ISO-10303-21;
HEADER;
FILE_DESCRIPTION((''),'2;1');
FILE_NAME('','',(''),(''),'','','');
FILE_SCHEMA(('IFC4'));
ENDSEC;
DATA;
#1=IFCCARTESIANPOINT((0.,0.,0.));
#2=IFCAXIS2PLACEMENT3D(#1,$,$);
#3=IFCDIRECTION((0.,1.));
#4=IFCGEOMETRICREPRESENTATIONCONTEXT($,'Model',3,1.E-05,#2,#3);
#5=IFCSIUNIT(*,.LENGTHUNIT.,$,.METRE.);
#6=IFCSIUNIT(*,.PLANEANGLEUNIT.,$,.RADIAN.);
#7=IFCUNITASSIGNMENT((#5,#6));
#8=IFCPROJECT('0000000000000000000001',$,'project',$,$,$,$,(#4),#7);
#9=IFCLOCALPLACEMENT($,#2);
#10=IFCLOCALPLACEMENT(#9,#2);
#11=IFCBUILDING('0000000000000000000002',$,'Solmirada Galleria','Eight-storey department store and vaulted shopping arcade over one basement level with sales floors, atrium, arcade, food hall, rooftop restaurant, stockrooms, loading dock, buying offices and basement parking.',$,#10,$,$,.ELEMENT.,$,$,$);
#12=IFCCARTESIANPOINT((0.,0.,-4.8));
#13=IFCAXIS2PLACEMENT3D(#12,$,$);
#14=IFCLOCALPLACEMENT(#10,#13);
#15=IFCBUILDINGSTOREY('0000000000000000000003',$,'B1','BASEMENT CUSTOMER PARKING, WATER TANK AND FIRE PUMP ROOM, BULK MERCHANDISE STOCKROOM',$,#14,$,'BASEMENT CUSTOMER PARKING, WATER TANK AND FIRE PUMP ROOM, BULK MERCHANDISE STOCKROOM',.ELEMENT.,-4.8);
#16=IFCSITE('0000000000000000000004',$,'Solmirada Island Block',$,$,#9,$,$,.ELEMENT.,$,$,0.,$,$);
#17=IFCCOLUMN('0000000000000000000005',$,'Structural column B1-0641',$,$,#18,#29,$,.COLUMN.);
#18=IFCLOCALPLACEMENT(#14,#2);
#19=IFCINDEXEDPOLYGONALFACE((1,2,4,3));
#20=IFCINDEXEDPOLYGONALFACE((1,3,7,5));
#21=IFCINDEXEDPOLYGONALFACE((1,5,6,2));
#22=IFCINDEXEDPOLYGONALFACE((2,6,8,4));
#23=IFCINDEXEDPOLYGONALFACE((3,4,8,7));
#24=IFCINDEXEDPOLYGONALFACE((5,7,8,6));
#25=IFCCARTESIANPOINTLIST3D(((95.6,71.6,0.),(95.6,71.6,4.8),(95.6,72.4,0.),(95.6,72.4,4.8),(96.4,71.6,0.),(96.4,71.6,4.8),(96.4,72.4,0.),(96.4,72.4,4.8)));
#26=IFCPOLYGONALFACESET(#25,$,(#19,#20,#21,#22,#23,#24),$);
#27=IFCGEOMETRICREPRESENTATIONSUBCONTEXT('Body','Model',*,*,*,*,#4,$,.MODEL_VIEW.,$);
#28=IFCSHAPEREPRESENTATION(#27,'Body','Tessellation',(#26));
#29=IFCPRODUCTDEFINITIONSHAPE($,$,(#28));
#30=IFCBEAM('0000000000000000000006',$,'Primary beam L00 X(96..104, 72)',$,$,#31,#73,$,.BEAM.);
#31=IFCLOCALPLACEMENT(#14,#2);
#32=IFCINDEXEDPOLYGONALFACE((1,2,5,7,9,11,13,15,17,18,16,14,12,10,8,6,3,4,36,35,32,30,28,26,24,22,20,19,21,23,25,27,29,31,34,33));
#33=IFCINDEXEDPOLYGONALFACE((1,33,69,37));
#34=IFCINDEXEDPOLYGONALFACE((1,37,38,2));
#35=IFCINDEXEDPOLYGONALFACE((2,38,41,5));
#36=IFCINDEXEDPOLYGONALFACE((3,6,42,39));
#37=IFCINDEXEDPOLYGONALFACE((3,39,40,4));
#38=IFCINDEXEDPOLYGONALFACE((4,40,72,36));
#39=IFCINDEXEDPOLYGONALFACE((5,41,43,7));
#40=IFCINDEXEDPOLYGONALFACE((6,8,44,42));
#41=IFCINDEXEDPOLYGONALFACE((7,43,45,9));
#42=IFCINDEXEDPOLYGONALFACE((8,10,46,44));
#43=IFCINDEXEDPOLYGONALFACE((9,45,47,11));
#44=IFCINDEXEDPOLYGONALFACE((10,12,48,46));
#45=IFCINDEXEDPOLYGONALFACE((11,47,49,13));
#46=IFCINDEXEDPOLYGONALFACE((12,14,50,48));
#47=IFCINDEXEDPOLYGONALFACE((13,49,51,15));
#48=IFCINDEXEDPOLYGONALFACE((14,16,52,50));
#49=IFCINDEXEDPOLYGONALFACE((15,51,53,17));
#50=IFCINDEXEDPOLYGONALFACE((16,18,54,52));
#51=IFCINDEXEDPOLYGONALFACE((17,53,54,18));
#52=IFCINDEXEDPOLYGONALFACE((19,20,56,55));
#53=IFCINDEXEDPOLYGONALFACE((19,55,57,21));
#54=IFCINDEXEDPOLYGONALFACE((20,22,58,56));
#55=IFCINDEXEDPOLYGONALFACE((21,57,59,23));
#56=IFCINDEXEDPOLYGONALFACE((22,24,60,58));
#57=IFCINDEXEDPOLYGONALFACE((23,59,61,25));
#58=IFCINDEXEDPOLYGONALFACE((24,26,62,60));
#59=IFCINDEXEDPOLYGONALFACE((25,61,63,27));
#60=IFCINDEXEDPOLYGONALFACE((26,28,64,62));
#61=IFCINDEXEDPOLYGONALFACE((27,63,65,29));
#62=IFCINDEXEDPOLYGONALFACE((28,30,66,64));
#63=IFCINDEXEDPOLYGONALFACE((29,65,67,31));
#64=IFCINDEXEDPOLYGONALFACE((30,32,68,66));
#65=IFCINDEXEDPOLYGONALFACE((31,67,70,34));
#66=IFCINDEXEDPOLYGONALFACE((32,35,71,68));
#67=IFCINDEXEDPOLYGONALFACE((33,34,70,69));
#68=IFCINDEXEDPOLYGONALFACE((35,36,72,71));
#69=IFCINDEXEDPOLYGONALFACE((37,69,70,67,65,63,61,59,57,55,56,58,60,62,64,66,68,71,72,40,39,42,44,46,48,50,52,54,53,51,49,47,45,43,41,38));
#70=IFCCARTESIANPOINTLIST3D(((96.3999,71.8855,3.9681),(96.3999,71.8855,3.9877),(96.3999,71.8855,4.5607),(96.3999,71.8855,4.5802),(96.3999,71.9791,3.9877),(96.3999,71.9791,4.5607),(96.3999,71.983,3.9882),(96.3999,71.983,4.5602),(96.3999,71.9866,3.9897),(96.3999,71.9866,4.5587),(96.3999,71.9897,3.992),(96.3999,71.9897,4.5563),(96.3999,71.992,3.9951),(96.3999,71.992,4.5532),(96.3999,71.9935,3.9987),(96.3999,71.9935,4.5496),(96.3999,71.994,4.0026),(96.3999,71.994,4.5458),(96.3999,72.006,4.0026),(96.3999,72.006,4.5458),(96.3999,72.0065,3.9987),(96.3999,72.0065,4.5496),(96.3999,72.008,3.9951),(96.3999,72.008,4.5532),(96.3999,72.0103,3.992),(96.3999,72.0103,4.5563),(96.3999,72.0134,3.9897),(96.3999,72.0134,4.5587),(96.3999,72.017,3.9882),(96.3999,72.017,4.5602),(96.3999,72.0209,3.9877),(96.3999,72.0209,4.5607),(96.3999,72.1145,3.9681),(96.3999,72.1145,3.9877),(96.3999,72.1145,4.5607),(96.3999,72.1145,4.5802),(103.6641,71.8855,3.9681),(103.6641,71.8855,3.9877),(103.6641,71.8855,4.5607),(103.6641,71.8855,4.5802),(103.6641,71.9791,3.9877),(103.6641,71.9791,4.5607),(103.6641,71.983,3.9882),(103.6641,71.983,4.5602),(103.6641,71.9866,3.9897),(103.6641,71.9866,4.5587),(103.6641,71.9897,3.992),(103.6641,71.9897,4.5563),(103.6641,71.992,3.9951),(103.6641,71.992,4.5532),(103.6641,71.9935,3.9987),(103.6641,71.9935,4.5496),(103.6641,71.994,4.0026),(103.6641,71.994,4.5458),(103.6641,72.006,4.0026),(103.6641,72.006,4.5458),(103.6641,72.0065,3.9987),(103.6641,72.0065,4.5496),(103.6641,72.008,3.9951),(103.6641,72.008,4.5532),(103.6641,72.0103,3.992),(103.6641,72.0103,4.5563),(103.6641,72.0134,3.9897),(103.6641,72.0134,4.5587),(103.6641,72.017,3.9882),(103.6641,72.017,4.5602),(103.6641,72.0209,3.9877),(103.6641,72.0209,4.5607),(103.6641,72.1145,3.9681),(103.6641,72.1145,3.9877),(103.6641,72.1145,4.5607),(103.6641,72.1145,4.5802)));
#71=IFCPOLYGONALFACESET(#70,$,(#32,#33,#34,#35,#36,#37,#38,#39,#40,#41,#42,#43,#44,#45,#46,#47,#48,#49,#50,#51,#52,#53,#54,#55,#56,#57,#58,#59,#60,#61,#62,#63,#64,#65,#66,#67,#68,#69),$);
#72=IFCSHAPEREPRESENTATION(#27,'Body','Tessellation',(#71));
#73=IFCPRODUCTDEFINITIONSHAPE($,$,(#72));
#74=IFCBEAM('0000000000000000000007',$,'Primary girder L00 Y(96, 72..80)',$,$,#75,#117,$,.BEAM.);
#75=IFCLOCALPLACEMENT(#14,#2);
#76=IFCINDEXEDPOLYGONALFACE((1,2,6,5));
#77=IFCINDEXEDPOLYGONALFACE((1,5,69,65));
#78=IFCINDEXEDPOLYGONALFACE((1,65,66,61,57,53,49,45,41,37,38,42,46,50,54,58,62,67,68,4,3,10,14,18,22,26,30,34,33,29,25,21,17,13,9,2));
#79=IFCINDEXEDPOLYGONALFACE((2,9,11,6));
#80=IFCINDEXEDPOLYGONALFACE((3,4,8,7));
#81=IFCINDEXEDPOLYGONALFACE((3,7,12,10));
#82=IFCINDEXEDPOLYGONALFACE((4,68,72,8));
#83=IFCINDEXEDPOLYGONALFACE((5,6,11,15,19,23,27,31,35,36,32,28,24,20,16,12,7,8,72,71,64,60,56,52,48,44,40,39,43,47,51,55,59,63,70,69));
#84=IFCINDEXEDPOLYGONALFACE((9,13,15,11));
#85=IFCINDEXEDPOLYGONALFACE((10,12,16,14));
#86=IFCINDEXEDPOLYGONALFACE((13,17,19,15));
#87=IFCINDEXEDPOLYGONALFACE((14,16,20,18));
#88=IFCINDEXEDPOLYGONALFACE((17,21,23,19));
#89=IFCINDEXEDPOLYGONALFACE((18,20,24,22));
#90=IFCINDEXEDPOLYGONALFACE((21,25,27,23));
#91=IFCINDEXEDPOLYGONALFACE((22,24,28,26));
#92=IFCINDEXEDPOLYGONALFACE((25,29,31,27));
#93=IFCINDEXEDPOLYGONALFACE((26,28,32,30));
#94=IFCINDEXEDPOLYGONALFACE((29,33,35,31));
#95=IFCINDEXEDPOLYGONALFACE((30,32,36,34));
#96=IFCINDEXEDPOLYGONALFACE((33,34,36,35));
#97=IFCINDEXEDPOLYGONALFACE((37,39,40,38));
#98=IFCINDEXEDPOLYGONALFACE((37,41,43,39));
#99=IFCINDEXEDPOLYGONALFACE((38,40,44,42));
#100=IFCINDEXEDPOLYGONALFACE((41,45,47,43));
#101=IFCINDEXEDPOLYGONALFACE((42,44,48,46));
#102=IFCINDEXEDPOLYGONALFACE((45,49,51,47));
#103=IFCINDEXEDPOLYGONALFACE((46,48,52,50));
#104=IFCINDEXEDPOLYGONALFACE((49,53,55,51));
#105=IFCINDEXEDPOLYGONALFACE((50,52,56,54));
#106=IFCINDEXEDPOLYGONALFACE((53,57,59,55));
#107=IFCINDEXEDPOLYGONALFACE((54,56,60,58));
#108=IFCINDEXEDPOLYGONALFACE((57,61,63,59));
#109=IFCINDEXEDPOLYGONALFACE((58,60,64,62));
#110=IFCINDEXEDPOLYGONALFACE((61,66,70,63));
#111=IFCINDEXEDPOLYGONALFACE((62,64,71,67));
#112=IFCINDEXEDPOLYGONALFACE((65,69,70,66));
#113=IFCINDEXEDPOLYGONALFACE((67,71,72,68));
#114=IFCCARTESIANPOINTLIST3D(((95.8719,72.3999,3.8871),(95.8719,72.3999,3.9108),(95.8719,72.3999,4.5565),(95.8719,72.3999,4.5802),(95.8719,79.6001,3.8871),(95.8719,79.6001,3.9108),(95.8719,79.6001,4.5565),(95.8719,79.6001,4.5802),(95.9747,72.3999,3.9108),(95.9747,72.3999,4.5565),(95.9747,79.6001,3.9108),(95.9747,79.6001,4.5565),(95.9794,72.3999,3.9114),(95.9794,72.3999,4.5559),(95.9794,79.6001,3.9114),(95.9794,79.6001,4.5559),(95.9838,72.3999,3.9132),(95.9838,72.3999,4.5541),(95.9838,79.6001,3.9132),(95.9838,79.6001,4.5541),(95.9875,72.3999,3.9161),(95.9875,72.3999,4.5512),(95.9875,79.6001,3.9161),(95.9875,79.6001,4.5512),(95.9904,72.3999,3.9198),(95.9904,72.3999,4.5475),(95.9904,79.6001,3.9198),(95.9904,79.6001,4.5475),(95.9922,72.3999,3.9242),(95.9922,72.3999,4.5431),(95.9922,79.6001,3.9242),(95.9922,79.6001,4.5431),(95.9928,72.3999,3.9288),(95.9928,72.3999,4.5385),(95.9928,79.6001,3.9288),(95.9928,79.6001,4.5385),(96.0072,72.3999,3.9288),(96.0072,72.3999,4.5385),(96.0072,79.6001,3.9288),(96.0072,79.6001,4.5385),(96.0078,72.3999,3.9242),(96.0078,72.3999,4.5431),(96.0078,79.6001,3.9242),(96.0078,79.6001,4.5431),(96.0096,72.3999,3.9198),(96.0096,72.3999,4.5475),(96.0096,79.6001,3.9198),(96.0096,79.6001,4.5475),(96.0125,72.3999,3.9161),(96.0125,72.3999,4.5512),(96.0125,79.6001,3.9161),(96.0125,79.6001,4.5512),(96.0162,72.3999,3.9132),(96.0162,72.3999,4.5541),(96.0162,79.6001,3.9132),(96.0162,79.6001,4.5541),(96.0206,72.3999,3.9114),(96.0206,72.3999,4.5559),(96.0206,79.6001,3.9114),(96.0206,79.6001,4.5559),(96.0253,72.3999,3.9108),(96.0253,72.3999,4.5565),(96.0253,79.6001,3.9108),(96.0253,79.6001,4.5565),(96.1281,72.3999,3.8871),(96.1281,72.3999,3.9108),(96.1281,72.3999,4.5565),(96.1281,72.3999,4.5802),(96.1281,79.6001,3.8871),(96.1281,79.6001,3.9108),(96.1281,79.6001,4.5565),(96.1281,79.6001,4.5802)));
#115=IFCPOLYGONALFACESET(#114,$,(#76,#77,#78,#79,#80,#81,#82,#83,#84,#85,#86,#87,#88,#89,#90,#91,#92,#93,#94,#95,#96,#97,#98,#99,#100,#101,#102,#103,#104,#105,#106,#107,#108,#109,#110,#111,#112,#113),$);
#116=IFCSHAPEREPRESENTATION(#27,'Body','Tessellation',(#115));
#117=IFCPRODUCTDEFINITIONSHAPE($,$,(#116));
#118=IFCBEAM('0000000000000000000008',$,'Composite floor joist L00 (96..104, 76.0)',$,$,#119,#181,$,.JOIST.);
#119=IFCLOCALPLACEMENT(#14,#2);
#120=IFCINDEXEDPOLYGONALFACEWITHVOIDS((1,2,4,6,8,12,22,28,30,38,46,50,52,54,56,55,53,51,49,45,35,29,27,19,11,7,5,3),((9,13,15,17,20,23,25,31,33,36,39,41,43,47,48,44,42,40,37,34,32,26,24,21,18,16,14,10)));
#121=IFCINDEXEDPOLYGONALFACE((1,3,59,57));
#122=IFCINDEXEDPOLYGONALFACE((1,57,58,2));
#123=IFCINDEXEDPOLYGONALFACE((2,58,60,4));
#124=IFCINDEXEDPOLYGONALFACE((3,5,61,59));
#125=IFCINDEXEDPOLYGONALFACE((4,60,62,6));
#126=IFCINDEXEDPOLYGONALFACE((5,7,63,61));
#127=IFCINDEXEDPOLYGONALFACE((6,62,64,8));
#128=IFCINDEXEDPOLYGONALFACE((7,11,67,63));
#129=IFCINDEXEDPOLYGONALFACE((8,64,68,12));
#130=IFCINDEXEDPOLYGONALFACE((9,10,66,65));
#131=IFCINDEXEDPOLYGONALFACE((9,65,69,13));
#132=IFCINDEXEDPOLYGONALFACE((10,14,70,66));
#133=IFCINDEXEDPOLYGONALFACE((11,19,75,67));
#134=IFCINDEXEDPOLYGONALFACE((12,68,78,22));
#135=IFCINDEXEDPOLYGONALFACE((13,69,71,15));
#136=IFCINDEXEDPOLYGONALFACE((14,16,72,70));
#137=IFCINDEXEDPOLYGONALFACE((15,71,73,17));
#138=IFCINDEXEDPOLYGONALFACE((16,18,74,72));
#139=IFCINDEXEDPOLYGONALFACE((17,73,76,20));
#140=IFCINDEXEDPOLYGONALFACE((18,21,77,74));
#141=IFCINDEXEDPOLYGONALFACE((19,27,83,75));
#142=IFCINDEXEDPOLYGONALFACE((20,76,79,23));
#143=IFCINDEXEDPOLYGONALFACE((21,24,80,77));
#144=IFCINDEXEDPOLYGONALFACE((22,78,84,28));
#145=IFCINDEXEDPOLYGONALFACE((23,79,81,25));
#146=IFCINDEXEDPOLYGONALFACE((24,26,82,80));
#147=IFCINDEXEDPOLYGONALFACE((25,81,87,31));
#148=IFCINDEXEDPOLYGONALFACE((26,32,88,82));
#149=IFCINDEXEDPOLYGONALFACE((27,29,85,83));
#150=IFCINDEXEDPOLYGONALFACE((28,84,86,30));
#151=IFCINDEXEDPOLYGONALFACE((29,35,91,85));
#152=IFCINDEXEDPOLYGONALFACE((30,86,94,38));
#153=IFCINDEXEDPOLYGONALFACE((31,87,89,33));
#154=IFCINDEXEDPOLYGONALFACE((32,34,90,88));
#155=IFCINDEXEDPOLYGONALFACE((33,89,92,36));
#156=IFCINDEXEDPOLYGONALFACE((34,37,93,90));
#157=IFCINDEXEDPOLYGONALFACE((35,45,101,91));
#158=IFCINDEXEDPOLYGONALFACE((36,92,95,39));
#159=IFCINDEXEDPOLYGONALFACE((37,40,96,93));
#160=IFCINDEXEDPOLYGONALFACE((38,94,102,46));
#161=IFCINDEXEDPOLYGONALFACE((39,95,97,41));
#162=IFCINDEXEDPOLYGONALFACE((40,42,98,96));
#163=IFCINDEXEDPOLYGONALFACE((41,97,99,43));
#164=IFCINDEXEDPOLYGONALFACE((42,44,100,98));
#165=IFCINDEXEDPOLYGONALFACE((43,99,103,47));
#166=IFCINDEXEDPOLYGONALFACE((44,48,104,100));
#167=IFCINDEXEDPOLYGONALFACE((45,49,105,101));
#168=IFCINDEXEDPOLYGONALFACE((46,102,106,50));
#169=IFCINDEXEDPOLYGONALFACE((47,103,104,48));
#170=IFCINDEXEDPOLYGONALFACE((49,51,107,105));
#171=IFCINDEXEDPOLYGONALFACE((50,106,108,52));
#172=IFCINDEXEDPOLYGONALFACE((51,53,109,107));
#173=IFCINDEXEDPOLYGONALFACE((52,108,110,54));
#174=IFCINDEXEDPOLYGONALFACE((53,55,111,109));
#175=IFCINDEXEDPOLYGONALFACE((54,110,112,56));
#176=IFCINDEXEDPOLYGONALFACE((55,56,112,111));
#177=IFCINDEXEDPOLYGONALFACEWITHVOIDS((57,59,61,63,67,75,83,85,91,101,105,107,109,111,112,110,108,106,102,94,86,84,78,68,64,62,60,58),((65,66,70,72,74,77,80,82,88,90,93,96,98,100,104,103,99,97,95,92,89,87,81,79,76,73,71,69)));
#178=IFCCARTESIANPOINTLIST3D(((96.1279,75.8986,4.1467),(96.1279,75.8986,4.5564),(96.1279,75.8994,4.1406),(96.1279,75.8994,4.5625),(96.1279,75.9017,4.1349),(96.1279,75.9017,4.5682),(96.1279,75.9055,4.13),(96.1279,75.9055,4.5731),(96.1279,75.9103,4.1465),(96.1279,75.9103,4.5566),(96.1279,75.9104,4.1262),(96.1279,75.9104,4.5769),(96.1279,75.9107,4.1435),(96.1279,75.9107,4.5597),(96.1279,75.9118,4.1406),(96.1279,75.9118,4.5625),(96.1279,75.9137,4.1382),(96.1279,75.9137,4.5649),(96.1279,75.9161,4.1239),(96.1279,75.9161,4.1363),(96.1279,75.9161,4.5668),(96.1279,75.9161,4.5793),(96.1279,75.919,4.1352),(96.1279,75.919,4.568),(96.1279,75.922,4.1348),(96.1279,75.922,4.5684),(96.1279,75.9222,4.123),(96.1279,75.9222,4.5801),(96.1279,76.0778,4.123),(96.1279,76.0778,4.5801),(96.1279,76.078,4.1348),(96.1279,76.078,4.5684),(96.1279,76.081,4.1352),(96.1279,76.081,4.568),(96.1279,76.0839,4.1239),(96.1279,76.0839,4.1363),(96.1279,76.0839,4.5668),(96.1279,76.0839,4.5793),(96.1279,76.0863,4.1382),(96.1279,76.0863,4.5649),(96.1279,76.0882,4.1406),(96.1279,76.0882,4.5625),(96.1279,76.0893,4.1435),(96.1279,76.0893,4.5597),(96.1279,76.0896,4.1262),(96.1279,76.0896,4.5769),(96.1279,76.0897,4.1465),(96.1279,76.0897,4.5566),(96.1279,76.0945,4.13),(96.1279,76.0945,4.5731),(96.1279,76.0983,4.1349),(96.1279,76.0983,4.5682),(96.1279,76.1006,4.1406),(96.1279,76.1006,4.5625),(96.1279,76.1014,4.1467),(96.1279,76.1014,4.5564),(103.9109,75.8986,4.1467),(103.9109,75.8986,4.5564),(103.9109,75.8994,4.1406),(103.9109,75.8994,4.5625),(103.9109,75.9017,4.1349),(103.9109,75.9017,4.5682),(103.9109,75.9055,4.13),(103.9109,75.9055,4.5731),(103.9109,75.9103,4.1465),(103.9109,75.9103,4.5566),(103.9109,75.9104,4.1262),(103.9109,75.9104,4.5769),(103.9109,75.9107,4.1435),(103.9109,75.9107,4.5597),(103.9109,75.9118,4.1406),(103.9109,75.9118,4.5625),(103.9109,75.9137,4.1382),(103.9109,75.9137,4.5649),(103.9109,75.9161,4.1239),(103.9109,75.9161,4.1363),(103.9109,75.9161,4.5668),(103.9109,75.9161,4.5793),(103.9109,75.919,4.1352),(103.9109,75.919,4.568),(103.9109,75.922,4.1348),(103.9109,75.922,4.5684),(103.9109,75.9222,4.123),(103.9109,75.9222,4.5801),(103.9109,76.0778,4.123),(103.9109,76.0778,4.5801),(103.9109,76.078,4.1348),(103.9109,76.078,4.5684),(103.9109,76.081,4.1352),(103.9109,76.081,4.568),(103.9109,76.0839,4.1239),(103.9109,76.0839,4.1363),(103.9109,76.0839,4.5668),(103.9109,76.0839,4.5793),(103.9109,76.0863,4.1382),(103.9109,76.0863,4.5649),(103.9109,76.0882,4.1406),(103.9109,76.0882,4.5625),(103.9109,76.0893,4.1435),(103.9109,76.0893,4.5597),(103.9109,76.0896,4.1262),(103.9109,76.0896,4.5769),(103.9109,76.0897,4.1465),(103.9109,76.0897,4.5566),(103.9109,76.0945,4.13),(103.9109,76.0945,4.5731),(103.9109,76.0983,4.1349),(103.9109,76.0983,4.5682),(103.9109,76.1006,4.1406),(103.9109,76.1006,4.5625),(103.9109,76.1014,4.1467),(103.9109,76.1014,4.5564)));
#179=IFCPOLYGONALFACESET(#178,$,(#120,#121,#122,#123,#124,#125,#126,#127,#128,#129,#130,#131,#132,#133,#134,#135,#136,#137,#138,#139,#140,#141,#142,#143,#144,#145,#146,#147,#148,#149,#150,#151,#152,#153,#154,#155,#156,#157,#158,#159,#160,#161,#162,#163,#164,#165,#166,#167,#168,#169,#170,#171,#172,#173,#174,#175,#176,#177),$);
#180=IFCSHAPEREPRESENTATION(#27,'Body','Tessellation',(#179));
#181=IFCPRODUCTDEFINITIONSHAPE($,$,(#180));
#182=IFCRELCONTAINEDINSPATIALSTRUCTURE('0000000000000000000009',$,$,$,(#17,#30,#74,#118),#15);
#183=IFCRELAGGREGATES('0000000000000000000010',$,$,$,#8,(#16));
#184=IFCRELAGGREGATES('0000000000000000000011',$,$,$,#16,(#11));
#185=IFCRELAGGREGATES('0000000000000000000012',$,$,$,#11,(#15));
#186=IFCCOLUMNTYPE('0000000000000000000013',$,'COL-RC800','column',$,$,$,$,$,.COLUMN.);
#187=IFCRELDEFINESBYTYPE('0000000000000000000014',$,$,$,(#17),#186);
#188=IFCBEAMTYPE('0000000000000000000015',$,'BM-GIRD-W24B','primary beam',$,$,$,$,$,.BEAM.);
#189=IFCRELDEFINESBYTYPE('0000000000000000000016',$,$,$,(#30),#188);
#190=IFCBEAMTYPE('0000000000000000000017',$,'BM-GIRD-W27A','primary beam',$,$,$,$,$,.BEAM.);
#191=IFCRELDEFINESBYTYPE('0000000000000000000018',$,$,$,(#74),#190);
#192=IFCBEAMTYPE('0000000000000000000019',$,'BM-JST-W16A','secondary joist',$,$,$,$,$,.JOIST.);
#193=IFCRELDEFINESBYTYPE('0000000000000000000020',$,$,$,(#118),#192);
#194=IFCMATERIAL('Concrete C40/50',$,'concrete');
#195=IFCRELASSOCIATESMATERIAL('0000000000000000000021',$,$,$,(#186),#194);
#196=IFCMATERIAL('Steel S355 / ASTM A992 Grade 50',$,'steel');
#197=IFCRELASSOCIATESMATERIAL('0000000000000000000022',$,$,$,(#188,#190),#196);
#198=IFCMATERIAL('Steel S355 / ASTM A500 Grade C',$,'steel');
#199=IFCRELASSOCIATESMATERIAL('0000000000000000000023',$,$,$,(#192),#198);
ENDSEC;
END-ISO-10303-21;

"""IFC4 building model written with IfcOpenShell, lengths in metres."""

from ifc_helpers import new_model, si_unit, direction, frame, origin, origin_2d, place, context, subcontext, project, spatial, rectangle, hollow_rectangle, i_section, extrude, material, material_profile, profile_set, type_object, element, save


model = new_model("IFC4")

# Units and contexts
model_context = context("Model", 3, precision=1e-05, world=origin(), true_north=direction((0.0, 1.0)))
body_context = subcontext(model_context, "Body", "Model", "MODEL_VIEW")
ifc_project = project(units=[si_unit("LENGTHUNIT", "METRE"), si_unit("PLANEANGLEUNIT", "RADIAN")], contexts=[model_context])

# Site, building, storey
site_placement = place(None, origin())
site = spatial("IfcSite", under=ifc_project, at=site_placement, Name="Solmirada Island Block", CompositionType="ELEMENT", RefElevation=0.0)
building_placement = place(site_placement, origin())
building = spatial("IfcBuilding", under=site, at=building_placement, Name="Solmirada Galleria", Description="Eight-storey department store and vaulted shopping arcade over one basement level with sales floors, atrium, arcade, food hall, rooftop restaurant, stockrooms, loading dock, buying offices and basement parking.", CompositionType="ELEMENT")
storey_placement = place(building_placement, frame((0.0, 0.0, -4.8)))
storey = spatial("IfcBuildingStorey", under=building, at=storey_placement, Name="B1", Description="BASEMENT CUSTOMER PARKING, WATER TANK AND FIRE PUMP ROOM, BULK MERCHANDISE STOCKROOM", LongName="BASEMENT CUSTOMER PARKING, WATER TANK AND FIRE PUMP ROOM, BULK MERCHANDISE STOCKROOM", CompositionType="ELEMENT", Elevation=-4.8)

# Shared definitions
ifc_material_1 = material(Name="Concrete C40/50", Category="concrete")

# Column
ifc_material_profile_1 = material_profile(ifc_material_1, rectangle(XDim=0.8, YDim=0.8, at=origin_2d()), Name="RC800X800")
ifc_profile_set_1 = profile_set([ifc_material_profile_1], Name="Concrete C40/50")
column_type = type_object("IfcColumnType", Name="COL-RC800", Description="column", PredefinedType="COLUMN", material=ifc_profile_set_1)
column_placement = place(storey_placement, frame((96.0, 72.0, 0.0), z_axis=(0.0, 0.0, 1.0), x_axis=(1.0, 0.0, 0.0)))
element("IfcColumn", 1, at=column_placement, inside=storey, type_object=column_type, Name="Structural column B1-0641", PredefinedType="COLUMN", context=body_context, shape_type="SweptSolid", body=[
    extrude(rectangle(XDim=0.8, YDim=0.8, at=origin_2d()), origin(), (0.0, 0.0, 1.0), 4.8),
])

# Beams
ifc_material_2 = material(Name="Steel S355 / ASTM A992 Grade 50", Category="steel")
ifc_material_profile_2 = material_profile(ifc_material_2, i_section(OverallWidth=0.229, OverallDepth=0.6121, WebThickness=0.012, FlangeThickness=0.0195, FilletRadius=0.0149, at=origin_2d()), Name="W24X84")
ifc_profile_set_2 = profile_set([ifc_material_profile_2], Name="Steel S355 / ASTM A992 Grade 50")
beam_type_1 = type_object("IfcBeamType", Name="BM-GIRD-W24B", Description="primary beam", PredefinedType="BEAM", material=ifc_profile_set_2)
beam_1_placement = place(storey_placement, frame((96.3999, 72.0, 4.2742), z_axis=(1.0, 0.0, 0.0), x_axis=(0.0, 1.0, 0.0)))
element("IfcBeam", 2, at=beam_1_placement, inside=storey, type_object=beam_type_1, Name="Primary beam L00 X(96..104, 72)", PredefinedType="BEAM", context=body_context, shape_type="SweptSolid", body=[
    extrude(i_section(OverallWidth=0.229, OverallDepth=0.6121, WebThickness=0.012, FlangeThickness=0.0195, FilletRadius=0.0149, at=origin_2d()), origin(), (0.0, 0.0, 1.0), 7.2642),
])
ifc_material_profile_3 = material_profile(ifc_material_2, i_section(OverallWidth=0.2561, OverallDepth=0.6931, WebThickness=0.0144, FlangeThickness=0.0237, FilletRadius=0.0181, at=origin_2d()), Name="W27X114")
ifc_profile_set_3 = profile_set([ifc_material_profile_3], Name="Steel S355 / ASTM A992 Grade 50")
beam_type_2 = type_object("IfcBeamType", Name="BM-GIRD-W27A", Description="primary beam", PredefinedType="BEAM", material=ifc_profile_set_3)
beam_2_placement = place(storey_placement, frame((96.0, 72.3999, 4.2336), z_axis=(0.0, 1.0, 0.0), x_axis=(-1.0, 0.0, 0.0)))
element("IfcBeam", 3, at=beam_2_placement, inside=storey, type_object=beam_type_2, Name="Primary girder L00 Y(96, 72..80)", PredefinedType="BEAM", context=body_context, shape_type="SweptSolid", body=[
    extrude(i_section(OverallWidth=0.2561, OverallDepth=0.6931, WebThickness=0.0144, FlangeThickness=0.0237, FilletRadius=0.0181, at=origin_2d()), origin(), (0.0, 0.0, 1.0), 7.2002),
])
ifc_material_3 = material(Name="Steel S355 / ASTM A500 Grade C", Category="steel")
ifc_material_profile_4 = material_profile(ifc_material_3, hollow_rectangle(XDim=0.2029, YDim=0.457, WallThickness=0.0117, InnerFilletRadius=0.0117, OuterFilletRadius=0.0237, at=origin_2d()), Name="HSS18X8X1/2")
ifc_profile_set_4 = profile_set([ifc_material_profile_4], Name="Steel S355 / ASTM A500 Grade C")
beam_type_3 = type_object("IfcBeamType", Name="BM-JST-W16A", Description="secondary joist", PredefinedType="JOIST", material=ifc_profile_set_4)
beam_3_placement = place(storey_placement, frame((96.1279, 76.0, 4.3516), z_axis=(1.0, 0.0, 0.0), x_axis=(0.0, 1.0, 0.0)))
element("IfcBeam", 4, at=beam_3_placement, inside=storey, type_object=beam_type_3, Name="Composite floor joist L00 (96..104, 76.0)", PredefinedType="JOIST", context=body_context, shape_type="SweptSolid", body=[
    extrude(hollow_rectangle(XDim=0.2029, YDim=0.457, WallThickness=0.0117, InnerFilletRadius=0.0117, OuterFilletRadius=0.0237, at=origin_2d()), origin(), (0.0, 0.0, 1.0), 7.783),
])

save(model, "model.ifc")
